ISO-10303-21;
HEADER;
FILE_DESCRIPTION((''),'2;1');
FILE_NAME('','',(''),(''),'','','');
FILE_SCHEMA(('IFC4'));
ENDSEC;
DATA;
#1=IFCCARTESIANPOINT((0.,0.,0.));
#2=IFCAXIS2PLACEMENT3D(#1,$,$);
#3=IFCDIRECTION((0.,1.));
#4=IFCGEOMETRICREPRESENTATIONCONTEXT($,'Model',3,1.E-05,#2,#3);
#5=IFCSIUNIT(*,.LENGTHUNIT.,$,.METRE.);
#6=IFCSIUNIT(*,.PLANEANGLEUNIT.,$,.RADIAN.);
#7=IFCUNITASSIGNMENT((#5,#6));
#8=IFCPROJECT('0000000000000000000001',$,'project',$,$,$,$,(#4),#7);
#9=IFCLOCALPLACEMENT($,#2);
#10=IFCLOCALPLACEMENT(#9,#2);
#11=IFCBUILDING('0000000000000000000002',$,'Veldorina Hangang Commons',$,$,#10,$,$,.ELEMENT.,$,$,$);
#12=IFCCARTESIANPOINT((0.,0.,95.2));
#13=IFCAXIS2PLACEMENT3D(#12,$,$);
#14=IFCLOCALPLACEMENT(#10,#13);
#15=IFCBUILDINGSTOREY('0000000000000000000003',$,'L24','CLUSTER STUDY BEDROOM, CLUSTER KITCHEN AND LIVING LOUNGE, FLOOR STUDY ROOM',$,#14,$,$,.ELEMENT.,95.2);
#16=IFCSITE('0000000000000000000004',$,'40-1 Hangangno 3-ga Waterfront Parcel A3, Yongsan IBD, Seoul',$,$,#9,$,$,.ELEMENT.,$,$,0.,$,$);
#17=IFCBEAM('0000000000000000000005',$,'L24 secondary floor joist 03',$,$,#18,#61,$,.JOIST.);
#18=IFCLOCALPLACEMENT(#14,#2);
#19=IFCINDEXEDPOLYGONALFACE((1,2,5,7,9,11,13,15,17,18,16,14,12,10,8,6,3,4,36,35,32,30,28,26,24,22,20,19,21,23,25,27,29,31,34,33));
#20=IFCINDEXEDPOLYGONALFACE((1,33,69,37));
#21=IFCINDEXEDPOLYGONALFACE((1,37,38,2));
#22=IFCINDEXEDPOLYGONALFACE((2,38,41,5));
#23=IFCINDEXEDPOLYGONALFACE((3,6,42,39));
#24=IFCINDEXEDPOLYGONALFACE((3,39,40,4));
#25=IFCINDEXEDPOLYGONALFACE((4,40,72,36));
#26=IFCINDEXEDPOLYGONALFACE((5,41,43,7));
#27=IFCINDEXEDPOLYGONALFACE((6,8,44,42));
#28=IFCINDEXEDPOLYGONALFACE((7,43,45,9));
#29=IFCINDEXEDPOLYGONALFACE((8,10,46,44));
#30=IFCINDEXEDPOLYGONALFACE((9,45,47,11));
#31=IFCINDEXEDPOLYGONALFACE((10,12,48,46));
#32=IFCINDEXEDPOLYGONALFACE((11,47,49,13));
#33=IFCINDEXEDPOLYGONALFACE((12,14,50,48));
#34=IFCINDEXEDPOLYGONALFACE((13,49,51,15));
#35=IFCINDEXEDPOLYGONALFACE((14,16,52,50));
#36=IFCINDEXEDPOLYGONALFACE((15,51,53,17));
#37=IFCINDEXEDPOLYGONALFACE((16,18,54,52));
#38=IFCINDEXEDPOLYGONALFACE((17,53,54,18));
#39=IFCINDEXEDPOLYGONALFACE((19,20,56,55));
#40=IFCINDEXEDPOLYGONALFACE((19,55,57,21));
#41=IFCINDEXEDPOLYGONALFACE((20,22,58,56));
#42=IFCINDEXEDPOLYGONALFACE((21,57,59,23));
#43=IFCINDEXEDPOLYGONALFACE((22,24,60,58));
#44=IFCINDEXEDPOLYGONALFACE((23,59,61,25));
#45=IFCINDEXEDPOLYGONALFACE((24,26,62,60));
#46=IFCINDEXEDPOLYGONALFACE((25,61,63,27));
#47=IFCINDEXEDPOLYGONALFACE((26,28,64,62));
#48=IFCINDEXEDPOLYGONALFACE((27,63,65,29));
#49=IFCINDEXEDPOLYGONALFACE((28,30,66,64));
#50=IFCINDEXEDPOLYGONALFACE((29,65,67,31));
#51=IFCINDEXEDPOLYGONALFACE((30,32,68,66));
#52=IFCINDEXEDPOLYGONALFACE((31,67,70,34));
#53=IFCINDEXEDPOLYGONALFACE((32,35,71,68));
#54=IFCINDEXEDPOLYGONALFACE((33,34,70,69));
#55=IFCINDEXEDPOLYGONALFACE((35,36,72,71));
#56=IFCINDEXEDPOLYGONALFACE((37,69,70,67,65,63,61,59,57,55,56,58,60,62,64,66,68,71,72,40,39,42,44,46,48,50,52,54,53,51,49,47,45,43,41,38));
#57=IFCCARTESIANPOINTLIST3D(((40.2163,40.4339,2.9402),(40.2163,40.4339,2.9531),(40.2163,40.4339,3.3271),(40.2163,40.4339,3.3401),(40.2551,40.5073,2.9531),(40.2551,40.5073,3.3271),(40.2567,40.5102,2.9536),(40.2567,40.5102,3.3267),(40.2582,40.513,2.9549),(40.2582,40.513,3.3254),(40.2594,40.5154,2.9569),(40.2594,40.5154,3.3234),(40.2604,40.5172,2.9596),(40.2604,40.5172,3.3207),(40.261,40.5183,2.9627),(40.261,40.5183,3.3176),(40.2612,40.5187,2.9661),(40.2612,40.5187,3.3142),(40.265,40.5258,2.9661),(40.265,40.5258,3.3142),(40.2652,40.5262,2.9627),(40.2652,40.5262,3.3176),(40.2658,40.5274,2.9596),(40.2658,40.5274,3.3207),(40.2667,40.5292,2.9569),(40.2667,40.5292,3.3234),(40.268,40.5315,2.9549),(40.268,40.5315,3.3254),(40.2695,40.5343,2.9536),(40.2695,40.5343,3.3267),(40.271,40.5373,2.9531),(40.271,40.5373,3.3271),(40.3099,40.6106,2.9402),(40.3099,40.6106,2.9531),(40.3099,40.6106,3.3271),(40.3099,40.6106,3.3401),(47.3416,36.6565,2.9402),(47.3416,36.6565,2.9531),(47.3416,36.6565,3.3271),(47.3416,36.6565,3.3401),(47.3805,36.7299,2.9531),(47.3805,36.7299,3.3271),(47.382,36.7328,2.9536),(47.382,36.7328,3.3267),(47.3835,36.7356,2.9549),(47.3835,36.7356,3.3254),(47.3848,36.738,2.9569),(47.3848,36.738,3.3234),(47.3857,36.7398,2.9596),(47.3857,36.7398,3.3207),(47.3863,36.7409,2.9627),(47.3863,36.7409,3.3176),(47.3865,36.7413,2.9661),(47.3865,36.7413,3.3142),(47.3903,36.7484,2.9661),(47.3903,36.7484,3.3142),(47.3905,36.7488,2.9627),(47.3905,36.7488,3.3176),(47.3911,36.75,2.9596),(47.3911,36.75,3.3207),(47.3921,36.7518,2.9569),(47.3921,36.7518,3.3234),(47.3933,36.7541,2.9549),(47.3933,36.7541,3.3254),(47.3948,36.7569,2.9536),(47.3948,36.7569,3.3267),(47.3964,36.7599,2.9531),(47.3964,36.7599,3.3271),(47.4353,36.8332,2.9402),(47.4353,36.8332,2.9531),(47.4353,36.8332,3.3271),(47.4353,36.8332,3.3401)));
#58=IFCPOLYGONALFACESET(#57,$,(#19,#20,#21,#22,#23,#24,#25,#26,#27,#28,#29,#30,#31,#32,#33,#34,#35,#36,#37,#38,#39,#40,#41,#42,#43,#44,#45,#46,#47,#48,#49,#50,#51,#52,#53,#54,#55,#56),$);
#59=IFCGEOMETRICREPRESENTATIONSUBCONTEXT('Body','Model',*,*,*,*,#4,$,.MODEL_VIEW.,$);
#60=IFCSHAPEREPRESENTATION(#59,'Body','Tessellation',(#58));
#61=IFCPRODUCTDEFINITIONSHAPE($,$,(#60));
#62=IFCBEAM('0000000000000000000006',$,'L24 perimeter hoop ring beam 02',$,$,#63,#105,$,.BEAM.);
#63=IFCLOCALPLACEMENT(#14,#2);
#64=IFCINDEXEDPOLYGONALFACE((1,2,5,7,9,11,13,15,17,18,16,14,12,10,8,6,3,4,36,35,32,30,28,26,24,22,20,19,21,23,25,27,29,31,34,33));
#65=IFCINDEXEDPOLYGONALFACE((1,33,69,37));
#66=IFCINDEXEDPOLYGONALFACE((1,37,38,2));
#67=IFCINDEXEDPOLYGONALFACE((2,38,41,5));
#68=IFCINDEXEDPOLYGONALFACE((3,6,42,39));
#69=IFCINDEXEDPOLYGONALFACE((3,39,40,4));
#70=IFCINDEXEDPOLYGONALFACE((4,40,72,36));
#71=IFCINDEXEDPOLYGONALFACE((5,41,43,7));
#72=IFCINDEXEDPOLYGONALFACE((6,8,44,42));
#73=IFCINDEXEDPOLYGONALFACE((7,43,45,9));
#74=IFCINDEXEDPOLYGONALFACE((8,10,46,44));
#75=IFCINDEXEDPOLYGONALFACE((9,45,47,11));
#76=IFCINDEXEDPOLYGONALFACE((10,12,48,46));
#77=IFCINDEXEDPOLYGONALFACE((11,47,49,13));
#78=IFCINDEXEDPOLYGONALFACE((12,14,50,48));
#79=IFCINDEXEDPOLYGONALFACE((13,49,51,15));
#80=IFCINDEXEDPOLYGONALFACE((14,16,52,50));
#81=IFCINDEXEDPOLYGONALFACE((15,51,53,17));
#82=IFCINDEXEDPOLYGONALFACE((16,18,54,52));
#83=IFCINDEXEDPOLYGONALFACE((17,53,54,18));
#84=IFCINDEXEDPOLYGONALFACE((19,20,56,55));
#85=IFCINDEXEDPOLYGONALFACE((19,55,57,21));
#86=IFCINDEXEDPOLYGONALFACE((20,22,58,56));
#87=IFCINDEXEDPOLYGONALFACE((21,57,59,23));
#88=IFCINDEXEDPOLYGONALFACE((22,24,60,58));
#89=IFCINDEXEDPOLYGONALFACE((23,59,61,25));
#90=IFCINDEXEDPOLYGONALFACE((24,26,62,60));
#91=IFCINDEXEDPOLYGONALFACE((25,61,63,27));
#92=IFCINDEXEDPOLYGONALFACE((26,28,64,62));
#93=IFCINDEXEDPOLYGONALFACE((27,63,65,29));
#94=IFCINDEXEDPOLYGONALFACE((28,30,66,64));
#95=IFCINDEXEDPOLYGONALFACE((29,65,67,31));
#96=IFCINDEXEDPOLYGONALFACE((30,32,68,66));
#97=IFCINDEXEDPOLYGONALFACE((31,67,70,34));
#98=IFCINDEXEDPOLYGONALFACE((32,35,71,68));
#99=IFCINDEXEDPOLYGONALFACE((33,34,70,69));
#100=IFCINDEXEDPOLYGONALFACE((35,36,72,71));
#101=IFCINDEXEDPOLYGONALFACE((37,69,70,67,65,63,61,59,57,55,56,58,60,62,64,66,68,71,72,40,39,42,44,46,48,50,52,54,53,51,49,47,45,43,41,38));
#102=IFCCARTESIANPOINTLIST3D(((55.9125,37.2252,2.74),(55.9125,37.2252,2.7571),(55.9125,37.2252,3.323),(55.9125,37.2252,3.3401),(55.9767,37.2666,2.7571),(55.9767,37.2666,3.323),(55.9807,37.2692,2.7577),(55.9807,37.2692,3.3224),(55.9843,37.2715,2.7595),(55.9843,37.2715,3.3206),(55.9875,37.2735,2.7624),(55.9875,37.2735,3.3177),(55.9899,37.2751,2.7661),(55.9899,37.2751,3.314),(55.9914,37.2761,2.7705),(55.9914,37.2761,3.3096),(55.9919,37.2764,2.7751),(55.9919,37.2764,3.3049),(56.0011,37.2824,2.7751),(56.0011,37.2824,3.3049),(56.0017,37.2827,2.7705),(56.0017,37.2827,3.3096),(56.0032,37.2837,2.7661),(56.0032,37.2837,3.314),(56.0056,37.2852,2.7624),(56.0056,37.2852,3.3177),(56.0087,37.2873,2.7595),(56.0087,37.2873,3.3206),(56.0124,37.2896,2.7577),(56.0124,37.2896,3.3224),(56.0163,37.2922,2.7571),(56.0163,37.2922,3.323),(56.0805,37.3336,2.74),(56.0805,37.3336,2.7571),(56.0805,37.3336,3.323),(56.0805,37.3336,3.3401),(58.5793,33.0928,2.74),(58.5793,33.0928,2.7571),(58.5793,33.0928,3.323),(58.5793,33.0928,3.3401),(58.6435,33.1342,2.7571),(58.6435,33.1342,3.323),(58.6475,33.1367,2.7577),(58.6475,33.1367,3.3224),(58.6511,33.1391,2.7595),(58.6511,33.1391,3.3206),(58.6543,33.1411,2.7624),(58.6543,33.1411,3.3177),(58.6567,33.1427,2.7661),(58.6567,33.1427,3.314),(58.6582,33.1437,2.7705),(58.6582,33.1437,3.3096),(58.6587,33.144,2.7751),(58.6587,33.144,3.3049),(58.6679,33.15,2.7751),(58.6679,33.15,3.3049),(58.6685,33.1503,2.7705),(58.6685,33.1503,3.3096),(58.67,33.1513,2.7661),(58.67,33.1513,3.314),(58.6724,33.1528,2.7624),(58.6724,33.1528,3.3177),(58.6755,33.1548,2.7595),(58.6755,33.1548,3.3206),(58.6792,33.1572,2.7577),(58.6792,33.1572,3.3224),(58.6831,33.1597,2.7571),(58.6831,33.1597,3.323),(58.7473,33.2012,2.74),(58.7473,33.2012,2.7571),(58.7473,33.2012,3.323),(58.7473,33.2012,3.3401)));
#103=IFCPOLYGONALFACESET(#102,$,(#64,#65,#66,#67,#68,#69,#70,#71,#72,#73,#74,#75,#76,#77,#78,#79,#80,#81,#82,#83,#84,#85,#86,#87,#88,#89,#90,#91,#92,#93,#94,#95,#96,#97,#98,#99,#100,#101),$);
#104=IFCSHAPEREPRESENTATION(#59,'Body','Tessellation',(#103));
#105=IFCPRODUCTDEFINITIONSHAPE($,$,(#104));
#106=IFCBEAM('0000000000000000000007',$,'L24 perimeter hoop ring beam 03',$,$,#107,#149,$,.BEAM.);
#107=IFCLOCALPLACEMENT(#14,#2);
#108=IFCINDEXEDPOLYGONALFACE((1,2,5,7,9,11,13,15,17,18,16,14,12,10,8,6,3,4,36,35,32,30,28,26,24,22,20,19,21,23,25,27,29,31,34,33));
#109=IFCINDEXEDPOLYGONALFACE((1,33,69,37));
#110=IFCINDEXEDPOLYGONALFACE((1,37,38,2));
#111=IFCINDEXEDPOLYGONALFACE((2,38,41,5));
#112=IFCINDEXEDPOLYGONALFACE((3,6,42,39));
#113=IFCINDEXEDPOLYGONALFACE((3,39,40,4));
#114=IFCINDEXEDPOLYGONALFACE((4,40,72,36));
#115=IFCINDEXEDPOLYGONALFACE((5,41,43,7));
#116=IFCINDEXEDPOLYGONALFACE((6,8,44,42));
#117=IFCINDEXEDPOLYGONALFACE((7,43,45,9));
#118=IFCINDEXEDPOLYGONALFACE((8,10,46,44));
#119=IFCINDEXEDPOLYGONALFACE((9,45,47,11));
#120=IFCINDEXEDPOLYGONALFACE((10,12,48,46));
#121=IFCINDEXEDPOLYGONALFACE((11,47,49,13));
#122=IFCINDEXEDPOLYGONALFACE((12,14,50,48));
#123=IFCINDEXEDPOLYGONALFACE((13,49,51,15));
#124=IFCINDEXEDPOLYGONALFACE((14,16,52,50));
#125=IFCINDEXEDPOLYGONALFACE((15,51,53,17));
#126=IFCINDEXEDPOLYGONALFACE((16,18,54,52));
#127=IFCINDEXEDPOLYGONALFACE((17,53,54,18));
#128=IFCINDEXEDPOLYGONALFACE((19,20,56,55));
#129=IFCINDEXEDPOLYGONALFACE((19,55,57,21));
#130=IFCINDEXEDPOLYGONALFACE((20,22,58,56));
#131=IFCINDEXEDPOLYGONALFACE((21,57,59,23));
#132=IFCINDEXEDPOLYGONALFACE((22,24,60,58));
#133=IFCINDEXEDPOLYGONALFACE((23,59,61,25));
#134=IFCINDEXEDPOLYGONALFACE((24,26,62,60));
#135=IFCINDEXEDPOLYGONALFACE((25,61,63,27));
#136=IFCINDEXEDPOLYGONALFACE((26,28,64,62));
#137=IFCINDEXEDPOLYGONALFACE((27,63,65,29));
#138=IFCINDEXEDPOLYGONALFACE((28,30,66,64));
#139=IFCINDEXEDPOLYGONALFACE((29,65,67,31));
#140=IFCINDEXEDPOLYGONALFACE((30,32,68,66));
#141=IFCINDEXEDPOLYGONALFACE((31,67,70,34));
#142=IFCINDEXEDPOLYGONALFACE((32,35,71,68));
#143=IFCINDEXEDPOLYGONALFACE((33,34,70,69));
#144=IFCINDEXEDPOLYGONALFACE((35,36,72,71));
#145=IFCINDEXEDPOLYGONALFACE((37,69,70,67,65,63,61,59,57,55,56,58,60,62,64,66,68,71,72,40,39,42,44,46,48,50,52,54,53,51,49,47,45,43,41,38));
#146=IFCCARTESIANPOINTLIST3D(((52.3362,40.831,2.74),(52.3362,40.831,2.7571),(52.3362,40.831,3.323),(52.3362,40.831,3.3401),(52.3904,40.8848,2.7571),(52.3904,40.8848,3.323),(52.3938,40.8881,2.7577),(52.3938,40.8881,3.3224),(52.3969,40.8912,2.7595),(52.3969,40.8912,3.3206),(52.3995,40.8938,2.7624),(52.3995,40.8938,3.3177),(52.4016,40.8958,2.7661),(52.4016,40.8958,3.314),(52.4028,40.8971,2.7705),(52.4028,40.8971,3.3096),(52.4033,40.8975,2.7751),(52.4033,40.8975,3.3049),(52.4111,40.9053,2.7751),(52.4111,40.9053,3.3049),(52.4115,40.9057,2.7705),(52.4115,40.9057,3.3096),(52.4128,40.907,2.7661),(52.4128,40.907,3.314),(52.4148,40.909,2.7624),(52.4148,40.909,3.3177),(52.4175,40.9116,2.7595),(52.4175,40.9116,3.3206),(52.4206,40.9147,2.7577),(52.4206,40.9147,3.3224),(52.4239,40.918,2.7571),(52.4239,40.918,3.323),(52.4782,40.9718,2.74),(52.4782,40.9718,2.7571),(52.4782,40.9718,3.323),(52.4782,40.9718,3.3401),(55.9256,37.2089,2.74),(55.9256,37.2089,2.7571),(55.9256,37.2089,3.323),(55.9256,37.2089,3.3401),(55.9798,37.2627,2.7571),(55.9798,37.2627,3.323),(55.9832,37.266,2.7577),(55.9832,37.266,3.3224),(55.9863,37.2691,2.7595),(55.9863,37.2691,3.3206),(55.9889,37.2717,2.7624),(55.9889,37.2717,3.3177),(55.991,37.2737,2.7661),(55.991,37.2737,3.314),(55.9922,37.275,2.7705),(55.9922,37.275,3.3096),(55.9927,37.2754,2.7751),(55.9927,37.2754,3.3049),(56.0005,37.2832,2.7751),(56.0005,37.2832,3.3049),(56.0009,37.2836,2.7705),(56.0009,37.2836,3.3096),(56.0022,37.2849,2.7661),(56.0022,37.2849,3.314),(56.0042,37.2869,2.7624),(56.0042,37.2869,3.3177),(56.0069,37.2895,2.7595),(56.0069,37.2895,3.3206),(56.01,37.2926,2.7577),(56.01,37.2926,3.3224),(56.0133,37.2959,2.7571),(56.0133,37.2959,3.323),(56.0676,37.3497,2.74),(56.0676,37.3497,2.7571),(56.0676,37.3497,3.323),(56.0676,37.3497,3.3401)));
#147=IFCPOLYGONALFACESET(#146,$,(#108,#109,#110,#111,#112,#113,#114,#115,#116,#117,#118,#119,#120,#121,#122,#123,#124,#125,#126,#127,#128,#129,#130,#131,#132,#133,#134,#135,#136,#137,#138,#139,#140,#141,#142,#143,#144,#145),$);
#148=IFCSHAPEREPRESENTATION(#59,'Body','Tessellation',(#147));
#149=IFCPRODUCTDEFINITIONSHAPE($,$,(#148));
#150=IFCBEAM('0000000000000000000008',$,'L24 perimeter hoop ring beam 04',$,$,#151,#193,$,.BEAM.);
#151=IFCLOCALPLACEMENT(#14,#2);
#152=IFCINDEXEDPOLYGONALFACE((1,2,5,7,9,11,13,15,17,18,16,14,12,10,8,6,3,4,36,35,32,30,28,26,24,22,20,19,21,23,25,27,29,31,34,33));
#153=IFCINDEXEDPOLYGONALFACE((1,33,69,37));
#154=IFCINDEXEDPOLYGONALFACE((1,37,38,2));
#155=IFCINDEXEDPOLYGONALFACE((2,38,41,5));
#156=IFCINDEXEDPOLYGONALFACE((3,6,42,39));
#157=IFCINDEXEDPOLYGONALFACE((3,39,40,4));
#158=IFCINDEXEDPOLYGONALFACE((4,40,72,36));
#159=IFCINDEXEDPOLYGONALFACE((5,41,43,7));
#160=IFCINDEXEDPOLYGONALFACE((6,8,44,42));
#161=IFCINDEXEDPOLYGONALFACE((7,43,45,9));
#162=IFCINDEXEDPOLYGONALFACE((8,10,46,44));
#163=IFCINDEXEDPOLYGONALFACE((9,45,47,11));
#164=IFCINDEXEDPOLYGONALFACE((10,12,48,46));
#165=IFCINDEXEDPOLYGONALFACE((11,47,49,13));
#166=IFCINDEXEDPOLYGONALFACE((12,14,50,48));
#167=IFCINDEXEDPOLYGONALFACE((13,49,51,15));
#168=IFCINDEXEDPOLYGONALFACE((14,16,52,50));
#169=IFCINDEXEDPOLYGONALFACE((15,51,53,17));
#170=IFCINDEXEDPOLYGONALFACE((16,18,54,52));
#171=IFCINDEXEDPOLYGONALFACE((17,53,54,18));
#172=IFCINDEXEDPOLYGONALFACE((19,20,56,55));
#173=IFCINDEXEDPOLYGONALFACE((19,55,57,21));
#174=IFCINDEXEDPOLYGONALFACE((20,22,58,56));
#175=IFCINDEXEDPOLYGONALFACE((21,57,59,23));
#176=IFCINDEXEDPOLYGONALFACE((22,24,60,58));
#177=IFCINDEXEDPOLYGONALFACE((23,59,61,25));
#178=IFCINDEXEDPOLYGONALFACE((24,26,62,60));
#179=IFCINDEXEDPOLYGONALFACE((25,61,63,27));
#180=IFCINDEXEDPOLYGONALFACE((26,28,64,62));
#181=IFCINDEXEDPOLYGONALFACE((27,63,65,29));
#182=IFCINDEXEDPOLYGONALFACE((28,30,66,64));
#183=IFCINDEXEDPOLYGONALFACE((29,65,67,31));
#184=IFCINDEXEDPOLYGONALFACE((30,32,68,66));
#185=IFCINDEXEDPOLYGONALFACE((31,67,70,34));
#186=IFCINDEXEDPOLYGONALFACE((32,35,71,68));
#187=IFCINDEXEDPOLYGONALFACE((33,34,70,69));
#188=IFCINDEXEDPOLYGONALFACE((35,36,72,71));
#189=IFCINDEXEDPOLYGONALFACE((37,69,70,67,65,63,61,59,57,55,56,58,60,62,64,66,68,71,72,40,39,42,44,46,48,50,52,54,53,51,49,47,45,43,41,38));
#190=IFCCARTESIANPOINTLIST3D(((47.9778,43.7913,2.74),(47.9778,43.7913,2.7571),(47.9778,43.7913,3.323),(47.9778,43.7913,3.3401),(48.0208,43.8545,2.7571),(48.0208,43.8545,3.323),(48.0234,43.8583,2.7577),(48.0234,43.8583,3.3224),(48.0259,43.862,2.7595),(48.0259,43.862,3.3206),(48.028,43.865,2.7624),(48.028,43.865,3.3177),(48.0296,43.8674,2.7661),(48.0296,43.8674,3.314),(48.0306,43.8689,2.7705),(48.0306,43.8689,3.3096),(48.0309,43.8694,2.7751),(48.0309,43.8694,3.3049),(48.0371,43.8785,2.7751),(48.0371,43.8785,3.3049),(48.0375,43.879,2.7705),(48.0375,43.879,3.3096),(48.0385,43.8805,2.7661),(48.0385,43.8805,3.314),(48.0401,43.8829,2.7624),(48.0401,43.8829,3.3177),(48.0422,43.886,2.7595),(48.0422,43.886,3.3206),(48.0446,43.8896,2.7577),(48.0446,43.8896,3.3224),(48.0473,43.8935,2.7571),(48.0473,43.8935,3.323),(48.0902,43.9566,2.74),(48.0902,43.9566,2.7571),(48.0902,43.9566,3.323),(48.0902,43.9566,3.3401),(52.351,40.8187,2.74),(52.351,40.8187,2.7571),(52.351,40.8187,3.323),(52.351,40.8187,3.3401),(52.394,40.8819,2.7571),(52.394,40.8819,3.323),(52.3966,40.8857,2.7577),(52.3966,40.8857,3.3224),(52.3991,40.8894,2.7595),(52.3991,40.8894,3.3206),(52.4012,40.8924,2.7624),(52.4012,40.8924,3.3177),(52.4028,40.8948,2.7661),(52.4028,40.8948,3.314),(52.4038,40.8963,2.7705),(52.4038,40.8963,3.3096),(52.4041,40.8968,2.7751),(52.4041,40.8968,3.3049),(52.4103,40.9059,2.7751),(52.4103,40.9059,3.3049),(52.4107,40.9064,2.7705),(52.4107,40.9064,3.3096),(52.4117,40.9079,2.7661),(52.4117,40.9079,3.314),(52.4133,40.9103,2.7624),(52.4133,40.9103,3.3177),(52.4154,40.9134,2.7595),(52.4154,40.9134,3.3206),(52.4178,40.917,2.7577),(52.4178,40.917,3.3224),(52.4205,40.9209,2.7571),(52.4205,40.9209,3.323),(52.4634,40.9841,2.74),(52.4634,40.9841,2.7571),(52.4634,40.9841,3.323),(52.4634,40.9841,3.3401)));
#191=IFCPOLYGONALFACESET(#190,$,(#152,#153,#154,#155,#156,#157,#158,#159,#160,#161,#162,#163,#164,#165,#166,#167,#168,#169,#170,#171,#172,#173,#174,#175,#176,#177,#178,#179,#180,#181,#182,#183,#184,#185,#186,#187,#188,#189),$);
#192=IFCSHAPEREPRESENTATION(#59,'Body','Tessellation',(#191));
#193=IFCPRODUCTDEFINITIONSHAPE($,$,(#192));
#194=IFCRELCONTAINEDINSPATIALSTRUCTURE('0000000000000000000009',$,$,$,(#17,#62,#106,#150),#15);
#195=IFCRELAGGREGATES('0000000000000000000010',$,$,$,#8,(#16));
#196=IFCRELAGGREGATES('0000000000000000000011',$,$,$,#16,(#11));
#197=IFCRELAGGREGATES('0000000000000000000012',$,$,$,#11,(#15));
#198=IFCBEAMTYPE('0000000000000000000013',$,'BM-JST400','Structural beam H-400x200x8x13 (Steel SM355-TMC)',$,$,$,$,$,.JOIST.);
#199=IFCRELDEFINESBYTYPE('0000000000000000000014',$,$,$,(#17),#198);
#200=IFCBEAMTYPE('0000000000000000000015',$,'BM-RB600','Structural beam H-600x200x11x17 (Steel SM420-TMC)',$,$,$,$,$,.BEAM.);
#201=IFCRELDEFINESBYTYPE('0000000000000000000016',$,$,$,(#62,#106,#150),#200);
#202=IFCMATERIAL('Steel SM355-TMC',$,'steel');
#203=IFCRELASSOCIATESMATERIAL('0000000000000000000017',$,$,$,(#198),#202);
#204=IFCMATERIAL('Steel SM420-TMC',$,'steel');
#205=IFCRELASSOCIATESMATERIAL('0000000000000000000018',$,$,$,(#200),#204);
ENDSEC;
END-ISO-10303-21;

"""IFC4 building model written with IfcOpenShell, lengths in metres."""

from ifc_helpers import new_model, si_unit, direction, frame, origin, origin_2d, place, context, subcontext, project, spatial, i_section, extrude, material, material_profile, profile_set, type_object, element, save


model = new_model("IFC4")

# Units and contexts
model_context = context("Model", 3, precision=1e-05, world=origin(), true_north=direction((0.0, 1.0)))
body_context = subcontext(model_context, "Body", "Model", "MODEL_VIEW")
ifc_project = project(units=[si_unit("LENGTHUNIT", "METRE"), si_unit("PLANEANGLEUNIT", "RADIAN")], contexts=[model_context])

# Site, building, storey
site_placement = place(None, origin())
site = spatial("IfcSite", under=ifc_project, at=site_placement, Name="40-1 Hangangno 3-ga Waterfront Parcel A3, Yongsan IBD, Seoul", CompositionType="ELEMENT", RefElevation=0.0)
building_placement = place(site_placement, origin())
building = spatial("IfcBuilding", under=site, at=building_placement, Name="Veldorina Hangang Commons", CompositionType="ELEMENT")
storey_placement = place(building_placement, frame((0.0, 0.0, 95.2)))
storey = spatial("IfcBuildingStorey", under=building, at=storey_placement, Name="L24", Description="CLUSTER STUDY BEDROOM, CLUSTER KITCHEN AND LIVING LOUNGE, FLOOR STUDY ROOM", CompositionType="ELEMENT", Elevation=95.2)

# Beams
ifc_material_1 = material(Name="Steel SM355-TMC", Category="steel")
ifc_material_profile_1 = material_profile(ifc_material_1, i_section(OverallWidth=0.2, OverallDepth=0.3999, WebThickness=0.0081, FlangeThickness=0.0129, FilletRadius=0.0129, at=origin_2d()), Name="H-400x200x8x13")
ifc_profile_set_1 = profile_set([ifc_material_profile_1], Name="Steel SM355-TMC")
beam_type_1 = type_object("IfcBeamType", Name="BM-JST400", Description="Structural beam H-400x200x8x13 (Steel SM355-TMC)", PredefinedType="JOIST", material=ifc_profile_set_1)
beam_1_placement = place(storey_placement, frame((47.3884, 36.7449, 3.1401), z_axis=(-0.883523, 0.468387, 0.0), x_axis=(-0.468387, -0.883523, 0.0)))
element("IfcBeam", 1, at=beam_1_placement, inside=storey, type_object=beam_type_1, Name="L24 secondary floor joist 03", PredefinedType="JOIST", context=body_context, shape_type="SweptSolid", body=[
    extrude(i_section(OverallWidth=0.2, OverallDepth=0.3999, WebThickness=0.0081, FlangeThickness=0.0129, FilletRadius=0.0129, at=origin_2d()), origin(), (0.0, 0.0, 1.0), 8.0647),
])
ifc_material_2 = material(Name="Steel SM420-TMC", Category="steel")
ifc_material_profile_2 = material_profile(ifc_material_2, i_section(OverallWidth=0.2, OverallDepth=0.6001, WebThickness=0.011, FlangeThickness=0.0171, FilletRadius=0.0181, at=origin_2d()), Name="H-600x200x11x17")
ifc_profile_set_2 = profile_set([ifc_material_profile_2], Name="Steel SM420-TMC")
beam_type_2 = type_object("IfcBeamType", Name="BM-RB600", Description="Structural beam H-600x200x11x17 (Steel SM420-TMC)", PredefinedType="BEAM", material=ifc_profile_set_2)
beam_2_placement = place(storey_placement, frame((58.6633, 33.147, 3.04), z_axis=(-0.542232, 0.840229, 0.0), x_axis=(-0.840229, -0.542232, 0.0)))
element("IfcBeam", 2, at=beam_2_placement, inside=storey, type_object=beam_type_2, Name="L24 perimeter hoop ring beam 02", PredefinedType="BEAM", context=body_context, shape_type="SweptSolid", body=[
    extrude(i_section(OverallWidth=0.2, OverallDepth=0.6001, WebThickness=0.011, FlangeThickness=0.0171, FilletRadius=0.0181, at=origin_2d()), origin(), (0.0, 0.0, 1.0), 4.9182),
])
beam_3_placement = place(storey_placement, frame((55.9966, 37.2793, 3.04), z_axis=(-0.703892, 0.710307, 0.0), x_axis=(-0.710307, -0.703892, 0.0)))
element("IfcBeam", 3, at=beam_3_placement, inside=storey, type_object=beam_type_2, Name="L24 perimeter hoop ring beam 03", PredefinedType="BEAM", context=body_context, shape_type="SweptSolid", body=[
    extrude(i_section(OverallWidth=0.2, OverallDepth=0.6001, WebThickness=0.011, FlangeThickness=0.0171, FilletRadius=0.0181, at=origin_2d()), origin(), (0.0, 0.0, 1.0), 5.0994),
])
beam_4_placement = place(storey_placement, frame((52.4072, 40.9014, 3.04), z_axis=(-0.82703, 0.562157, 0.0), x_axis=(-0.562157, -0.82703, 0.0)))
element("IfcBeam", 4, at=beam_4_placement, inside=storey, type_object=beam_type_2, Name="L24 perimeter hoop ring beam 04", PredefinedType="BEAM", context=body_context, shape_type="SweptSolid", body=[
    extrude(i_section(OverallWidth=0.2, OverallDepth=0.6001, WebThickness=0.011, FlangeThickness=0.0171, FilletRadius=0.0181, at=origin_2d()), origin(), (0.0, 0.0, 1.0), 5.2878),
])

save(model, "model.ifc")
